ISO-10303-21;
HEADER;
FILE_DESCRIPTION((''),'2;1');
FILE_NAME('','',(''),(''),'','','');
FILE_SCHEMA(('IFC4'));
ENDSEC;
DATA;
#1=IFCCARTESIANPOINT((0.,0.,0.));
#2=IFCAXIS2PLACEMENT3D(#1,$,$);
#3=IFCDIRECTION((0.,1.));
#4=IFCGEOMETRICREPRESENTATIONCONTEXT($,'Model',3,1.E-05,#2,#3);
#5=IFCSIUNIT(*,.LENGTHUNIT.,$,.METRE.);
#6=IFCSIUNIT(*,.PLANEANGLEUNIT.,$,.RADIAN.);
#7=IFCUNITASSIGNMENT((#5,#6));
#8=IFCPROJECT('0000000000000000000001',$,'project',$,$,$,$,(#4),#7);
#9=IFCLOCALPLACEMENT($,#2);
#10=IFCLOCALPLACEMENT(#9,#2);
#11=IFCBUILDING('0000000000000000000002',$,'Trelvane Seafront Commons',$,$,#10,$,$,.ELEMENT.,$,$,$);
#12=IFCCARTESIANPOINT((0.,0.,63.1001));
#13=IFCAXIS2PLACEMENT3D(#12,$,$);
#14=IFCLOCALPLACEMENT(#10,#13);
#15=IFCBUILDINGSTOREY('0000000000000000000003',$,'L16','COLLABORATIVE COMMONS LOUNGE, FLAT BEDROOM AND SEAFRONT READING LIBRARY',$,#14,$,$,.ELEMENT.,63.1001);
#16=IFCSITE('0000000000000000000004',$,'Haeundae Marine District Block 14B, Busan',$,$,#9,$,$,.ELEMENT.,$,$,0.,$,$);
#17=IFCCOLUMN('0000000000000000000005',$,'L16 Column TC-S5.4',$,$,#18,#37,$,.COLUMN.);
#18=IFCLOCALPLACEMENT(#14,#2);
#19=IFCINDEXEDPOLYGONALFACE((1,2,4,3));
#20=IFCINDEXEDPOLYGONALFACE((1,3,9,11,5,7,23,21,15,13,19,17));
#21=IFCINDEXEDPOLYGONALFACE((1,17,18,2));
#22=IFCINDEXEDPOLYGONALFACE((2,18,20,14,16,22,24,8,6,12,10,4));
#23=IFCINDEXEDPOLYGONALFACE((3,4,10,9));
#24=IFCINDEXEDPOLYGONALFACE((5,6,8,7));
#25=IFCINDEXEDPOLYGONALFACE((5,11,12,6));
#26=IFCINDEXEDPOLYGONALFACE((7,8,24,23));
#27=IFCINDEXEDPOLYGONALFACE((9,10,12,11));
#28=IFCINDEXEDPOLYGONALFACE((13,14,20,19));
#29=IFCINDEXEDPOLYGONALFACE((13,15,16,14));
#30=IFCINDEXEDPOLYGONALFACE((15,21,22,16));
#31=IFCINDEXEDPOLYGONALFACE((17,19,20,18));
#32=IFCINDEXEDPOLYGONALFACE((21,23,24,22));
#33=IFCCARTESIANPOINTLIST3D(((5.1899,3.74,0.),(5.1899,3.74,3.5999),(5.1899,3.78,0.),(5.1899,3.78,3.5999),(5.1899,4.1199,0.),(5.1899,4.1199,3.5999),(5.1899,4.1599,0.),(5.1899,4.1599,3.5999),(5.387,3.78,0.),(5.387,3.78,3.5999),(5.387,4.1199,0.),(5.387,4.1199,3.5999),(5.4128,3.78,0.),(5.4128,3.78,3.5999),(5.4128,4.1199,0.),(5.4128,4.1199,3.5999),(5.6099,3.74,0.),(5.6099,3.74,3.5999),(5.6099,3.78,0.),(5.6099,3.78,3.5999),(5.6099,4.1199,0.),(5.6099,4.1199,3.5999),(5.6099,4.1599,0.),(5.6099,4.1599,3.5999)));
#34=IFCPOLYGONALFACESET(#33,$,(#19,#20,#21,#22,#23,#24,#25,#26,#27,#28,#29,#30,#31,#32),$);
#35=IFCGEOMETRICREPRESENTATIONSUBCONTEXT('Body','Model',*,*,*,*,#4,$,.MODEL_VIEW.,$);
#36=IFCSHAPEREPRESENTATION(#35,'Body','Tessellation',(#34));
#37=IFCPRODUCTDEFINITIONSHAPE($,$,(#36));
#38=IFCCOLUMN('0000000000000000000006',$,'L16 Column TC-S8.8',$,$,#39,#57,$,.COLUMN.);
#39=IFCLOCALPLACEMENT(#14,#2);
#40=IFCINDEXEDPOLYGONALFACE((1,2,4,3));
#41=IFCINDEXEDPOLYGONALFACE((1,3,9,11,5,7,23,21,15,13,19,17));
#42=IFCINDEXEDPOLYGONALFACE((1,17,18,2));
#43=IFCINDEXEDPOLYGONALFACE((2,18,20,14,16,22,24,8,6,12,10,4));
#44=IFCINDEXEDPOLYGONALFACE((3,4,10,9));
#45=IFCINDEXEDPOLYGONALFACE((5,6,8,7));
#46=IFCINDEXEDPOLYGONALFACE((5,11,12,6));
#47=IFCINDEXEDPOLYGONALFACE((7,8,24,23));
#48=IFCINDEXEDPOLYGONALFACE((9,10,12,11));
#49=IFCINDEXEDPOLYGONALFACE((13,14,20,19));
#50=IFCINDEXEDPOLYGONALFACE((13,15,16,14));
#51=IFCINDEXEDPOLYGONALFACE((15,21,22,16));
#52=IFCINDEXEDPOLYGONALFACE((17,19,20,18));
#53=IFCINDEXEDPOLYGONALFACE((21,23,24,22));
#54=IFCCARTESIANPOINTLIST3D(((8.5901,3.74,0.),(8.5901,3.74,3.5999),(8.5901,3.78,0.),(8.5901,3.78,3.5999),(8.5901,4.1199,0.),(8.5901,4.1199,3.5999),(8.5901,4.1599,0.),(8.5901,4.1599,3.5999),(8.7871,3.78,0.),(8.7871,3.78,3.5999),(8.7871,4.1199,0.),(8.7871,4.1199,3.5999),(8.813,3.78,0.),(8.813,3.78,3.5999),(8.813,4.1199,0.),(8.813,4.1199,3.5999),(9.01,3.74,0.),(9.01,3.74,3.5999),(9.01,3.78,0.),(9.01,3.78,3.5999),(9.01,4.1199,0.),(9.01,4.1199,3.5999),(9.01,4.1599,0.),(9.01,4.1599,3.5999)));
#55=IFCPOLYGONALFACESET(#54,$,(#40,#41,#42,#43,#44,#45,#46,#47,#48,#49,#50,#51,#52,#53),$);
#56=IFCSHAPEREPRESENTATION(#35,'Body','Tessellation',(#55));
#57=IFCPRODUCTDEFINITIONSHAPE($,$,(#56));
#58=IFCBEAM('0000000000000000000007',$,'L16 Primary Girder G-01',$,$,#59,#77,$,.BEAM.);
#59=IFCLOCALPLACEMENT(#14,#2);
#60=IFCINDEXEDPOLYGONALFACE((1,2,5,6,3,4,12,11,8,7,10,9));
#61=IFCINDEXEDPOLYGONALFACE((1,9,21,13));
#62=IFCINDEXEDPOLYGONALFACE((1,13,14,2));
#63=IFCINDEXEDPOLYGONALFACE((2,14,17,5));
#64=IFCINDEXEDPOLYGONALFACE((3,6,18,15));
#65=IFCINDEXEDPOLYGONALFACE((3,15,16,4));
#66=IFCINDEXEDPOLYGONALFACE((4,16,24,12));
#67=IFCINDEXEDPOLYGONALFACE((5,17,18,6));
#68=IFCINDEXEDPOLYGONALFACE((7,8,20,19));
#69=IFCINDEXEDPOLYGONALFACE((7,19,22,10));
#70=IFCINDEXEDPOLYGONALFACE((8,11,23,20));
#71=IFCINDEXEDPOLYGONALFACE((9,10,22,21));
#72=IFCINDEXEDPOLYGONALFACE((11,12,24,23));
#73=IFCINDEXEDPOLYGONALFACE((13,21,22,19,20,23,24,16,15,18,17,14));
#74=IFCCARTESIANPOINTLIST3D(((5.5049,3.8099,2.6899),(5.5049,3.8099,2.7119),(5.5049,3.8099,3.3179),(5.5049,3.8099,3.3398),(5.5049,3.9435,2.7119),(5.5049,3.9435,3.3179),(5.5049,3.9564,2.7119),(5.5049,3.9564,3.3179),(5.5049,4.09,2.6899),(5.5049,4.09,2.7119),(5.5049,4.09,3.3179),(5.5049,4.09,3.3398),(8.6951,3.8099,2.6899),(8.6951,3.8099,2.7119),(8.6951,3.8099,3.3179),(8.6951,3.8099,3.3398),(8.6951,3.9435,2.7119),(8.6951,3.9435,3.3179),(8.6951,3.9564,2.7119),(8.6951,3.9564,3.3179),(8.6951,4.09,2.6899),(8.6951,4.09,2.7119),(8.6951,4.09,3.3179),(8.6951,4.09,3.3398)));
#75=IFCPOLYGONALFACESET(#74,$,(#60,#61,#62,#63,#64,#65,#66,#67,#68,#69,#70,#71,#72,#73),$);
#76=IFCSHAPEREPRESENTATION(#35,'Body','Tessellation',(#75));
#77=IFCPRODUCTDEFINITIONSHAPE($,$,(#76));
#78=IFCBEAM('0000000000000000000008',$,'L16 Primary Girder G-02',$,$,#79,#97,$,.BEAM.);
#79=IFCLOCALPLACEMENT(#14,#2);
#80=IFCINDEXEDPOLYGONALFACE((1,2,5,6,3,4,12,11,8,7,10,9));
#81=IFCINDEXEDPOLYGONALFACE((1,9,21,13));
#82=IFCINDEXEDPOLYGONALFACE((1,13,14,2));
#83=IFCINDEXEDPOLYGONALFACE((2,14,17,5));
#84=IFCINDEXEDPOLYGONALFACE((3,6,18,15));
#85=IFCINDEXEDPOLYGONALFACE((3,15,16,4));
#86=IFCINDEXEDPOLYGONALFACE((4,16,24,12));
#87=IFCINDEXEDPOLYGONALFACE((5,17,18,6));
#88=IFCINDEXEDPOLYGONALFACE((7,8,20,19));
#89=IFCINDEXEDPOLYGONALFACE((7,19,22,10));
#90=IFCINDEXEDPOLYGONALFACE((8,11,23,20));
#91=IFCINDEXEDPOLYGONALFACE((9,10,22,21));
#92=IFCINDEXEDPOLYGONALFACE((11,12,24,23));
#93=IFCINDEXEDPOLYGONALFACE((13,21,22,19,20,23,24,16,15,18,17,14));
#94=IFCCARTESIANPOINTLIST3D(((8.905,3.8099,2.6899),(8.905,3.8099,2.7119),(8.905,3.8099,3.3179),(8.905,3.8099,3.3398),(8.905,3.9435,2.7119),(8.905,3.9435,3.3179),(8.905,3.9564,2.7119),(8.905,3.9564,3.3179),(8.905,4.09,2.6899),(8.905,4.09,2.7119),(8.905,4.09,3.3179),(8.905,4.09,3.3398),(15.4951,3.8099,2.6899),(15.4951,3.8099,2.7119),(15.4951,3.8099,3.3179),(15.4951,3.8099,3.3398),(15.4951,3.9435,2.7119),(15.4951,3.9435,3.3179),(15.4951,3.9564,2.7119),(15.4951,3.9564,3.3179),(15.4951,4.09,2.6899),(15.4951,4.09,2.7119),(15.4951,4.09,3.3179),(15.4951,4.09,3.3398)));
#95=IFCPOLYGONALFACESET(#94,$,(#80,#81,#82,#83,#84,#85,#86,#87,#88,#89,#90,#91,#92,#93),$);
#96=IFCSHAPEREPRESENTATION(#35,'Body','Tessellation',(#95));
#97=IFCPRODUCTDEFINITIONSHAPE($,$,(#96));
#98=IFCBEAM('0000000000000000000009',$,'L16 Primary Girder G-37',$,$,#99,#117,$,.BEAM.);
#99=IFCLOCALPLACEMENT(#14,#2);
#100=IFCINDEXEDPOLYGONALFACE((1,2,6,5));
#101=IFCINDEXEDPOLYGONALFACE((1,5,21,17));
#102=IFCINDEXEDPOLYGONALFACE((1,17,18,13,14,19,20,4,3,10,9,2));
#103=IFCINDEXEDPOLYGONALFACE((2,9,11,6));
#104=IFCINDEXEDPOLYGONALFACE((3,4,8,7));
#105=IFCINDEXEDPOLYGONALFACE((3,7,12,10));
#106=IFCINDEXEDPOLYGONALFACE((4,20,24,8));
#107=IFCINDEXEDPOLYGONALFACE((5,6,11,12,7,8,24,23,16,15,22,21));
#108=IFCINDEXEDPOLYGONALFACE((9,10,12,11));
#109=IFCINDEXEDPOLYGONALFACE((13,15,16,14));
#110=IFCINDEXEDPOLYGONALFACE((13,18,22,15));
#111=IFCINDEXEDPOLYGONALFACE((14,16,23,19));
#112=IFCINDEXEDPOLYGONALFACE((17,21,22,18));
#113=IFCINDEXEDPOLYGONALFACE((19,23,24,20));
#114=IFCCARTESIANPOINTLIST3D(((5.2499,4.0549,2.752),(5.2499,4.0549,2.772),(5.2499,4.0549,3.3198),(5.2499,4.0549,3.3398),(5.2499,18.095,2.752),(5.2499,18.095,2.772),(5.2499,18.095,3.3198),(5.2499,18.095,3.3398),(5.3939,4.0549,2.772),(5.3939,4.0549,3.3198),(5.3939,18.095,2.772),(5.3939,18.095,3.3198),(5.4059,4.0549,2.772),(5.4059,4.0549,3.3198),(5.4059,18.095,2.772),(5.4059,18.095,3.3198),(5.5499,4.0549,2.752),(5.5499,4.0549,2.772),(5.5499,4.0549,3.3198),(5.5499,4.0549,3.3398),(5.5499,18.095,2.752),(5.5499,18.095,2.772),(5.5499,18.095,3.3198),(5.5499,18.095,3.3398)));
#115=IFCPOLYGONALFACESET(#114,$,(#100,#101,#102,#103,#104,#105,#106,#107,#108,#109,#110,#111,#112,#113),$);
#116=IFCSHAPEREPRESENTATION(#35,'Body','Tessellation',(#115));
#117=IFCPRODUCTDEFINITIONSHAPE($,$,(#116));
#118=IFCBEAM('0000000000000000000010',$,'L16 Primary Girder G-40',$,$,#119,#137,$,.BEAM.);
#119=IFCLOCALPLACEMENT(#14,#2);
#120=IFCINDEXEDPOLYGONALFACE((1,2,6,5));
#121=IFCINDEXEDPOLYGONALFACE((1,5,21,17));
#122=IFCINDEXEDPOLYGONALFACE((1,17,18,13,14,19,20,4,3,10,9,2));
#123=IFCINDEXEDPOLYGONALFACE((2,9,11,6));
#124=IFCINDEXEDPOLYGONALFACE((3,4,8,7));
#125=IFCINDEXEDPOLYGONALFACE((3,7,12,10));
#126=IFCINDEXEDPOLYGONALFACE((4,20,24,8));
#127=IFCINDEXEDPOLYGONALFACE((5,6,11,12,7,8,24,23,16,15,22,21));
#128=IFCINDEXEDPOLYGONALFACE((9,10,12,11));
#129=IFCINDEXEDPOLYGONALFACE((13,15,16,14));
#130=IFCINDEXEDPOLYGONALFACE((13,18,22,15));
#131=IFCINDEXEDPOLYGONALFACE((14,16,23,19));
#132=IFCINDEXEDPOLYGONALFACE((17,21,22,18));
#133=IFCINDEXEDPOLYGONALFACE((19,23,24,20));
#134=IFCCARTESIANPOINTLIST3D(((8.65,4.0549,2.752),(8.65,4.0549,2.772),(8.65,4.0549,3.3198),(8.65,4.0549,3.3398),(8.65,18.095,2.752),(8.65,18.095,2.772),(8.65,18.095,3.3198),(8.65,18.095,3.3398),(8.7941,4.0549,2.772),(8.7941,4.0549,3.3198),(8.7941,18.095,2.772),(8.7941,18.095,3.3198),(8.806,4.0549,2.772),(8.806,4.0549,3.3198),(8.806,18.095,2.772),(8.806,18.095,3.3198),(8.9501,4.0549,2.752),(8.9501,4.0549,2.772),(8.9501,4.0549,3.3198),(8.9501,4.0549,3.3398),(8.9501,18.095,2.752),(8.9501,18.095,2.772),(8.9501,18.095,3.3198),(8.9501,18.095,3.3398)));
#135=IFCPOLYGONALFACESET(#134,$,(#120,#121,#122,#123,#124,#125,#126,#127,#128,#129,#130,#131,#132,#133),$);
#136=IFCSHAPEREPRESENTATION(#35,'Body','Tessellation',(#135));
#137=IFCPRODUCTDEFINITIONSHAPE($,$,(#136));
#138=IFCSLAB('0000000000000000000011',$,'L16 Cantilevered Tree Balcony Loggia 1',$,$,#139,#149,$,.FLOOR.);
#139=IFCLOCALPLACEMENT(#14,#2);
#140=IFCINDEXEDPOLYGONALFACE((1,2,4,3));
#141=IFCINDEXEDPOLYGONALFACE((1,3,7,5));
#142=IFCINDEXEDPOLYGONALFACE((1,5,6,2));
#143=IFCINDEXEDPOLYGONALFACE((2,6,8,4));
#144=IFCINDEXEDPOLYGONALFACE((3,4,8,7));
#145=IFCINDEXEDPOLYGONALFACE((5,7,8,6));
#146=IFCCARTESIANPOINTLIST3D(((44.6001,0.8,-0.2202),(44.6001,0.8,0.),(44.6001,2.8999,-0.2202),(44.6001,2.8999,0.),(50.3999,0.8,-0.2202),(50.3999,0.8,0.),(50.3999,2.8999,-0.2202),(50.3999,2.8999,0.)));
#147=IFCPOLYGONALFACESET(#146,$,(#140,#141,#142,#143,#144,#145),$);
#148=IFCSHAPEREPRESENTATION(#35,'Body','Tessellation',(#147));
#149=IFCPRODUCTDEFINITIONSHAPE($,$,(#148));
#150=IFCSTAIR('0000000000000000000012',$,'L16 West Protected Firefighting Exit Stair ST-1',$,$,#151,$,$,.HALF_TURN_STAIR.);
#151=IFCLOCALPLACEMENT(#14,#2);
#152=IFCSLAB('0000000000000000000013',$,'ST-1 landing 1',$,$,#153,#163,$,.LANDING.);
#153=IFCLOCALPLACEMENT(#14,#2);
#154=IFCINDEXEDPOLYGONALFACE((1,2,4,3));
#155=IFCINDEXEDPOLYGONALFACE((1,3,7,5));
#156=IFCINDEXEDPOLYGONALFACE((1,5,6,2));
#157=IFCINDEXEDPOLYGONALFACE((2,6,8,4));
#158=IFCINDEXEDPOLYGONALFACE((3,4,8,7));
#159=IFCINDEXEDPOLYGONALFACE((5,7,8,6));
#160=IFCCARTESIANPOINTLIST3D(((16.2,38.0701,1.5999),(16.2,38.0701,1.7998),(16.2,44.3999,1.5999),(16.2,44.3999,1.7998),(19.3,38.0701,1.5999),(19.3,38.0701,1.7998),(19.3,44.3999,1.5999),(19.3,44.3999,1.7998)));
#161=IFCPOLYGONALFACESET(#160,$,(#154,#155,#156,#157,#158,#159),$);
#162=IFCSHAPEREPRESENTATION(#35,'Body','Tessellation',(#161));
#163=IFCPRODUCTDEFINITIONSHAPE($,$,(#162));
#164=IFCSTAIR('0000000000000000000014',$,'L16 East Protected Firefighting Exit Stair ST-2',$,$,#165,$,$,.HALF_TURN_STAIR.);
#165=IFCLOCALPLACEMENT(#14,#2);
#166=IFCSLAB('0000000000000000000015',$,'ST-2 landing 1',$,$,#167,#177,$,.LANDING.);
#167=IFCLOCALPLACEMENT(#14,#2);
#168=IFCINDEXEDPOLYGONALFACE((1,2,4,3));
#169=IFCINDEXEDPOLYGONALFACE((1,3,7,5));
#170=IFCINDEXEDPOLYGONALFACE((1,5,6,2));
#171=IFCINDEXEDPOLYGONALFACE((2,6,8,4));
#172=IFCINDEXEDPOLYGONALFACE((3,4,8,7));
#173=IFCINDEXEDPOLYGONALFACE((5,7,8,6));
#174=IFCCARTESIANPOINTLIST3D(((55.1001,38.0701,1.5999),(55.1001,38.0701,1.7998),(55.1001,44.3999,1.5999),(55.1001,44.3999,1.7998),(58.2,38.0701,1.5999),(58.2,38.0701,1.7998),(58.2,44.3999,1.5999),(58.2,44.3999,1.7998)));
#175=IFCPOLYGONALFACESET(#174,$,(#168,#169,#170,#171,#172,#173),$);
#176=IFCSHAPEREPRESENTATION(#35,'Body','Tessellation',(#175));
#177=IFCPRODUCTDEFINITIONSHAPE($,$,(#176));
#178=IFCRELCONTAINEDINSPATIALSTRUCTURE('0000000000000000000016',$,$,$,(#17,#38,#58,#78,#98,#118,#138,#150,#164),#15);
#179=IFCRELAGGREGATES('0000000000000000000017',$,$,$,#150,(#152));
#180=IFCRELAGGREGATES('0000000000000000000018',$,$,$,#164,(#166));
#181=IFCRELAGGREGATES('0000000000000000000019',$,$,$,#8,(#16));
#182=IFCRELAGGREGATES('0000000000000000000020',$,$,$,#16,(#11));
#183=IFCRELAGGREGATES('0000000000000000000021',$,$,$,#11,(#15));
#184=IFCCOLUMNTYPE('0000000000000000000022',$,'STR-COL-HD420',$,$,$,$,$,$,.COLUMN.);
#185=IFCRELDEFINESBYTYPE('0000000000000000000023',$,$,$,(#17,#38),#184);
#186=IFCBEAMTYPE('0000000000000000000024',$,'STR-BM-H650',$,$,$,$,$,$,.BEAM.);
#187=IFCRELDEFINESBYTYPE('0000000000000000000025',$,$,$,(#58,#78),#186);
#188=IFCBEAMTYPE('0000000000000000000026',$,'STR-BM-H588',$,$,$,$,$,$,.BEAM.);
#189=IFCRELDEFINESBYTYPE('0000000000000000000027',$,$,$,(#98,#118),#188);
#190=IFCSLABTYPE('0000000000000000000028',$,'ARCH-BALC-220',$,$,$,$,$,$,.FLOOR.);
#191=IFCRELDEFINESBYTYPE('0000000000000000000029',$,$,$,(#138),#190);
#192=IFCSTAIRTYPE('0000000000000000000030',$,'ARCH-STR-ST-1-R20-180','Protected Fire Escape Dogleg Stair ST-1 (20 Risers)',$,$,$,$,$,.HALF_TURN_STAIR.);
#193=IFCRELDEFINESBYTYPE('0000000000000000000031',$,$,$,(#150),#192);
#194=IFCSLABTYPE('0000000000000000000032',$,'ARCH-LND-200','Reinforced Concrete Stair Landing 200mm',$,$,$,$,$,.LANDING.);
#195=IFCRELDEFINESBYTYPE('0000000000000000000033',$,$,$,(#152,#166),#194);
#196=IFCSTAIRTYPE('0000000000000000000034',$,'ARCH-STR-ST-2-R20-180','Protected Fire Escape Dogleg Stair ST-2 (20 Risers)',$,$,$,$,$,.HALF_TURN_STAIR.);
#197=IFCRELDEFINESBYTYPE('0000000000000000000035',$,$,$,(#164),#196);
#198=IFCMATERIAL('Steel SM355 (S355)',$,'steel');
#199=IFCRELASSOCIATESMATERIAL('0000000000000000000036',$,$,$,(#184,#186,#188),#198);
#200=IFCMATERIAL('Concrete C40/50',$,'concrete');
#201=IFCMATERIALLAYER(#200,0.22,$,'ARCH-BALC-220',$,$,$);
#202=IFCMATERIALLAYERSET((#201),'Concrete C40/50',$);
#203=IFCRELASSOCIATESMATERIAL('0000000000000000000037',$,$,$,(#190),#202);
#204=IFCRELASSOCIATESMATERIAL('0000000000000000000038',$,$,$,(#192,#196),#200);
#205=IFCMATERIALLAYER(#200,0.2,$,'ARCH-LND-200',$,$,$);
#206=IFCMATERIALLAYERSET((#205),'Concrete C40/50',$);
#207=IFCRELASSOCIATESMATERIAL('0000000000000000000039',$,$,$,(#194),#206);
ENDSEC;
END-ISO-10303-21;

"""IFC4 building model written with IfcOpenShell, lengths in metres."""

from ifc_helpers import new_model, si_unit, direction, frame, origin, origin_2d, place, context, subcontext, project, spatial, polyline, i_section, outline, extrude, source, transform, mapped, material, layer, layer_set, material_profile, profile_set, type_object, element, aggregate, save


model = new_model("IFC4")

# Units and contexts
model_context = context("Model", 3, precision=1e-05, world=origin(), true_north=direction((0.0, 1.0)))
body_context = subcontext(model_context, "Body", "Model", "MODEL_VIEW")
ifc_project = project(units=[si_unit("LENGTHUNIT", "METRE"), si_unit("PLANEANGLEUNIT", "RADIAN")], contexts=[model_context])

# Site, building, storey
site_placement = place(None, origin())
site = spatial("IfcSite", under=ifc_project, at=site_placement, Name="Haeundae Marine District Block 14B, Busan", CompositionType="ELEMENT", RefElevation=0.0)
building_placement = place(site_placement, origin())
building = spatial("IfcBuilding", under=site, at=building_placement, Name="Trelvane Seafront Commons", CompositionType="ELEMENT")
storey_placement = place(building_placement, frame((0.0, 0.0, 63.1001)))
storey = spatial("IfcBuildingStorey", under=building, at=storey_placement, Name="L16", Description="COLLABORATIVE COMMONS LOUNGE, FLAT BEDROOM AND SEAFRONT READING LIBRARY", CompositionType="ELEMENT", Elevation=63.1001)

# Columns
ifc_material_1 = material(Name="Steel SM355 (S355)", Category="steel")
ifc_material_profile_1 = material_profile(ifc_material_1, i_section(OverallWidth=0.4199, OverallDepth=0.4199, WebThickness=0.0259, FlangeThickness=0.04, at=origin_2d()), Name="HD-420x420x26x40")
ifc_profile_set_1 = profile_set([ifc_material_profile_1], Name="Steel SM355 (S355)")
column_type = type_object("IfcColumnType", Name="STR-COL-HD420", PredefinedType="COLUMN", material=ifc_profile_set_1)
shared_shape_1 = source(origin(), body_context, "Body", "SweptSolid", [
    extrude(i_section(OverallWidth=0.4199, OverallDepth=0.4199, WebThickness=0.0259, FlangeThickness=0.04, at=origin_2d()), origin(), (0.0, 0.0, 1.0), 3.5999),
])
for number, where, z_axis, x_axis, name in (
    (1, (5.3999, 3.95, 0.0), (0.0, 0.0, 1.0), (1.0, 0.0, 0.0), "L16 Column TC-S5.4"),
    (2, (8.8, 3.95, 0.0), (0.0, 0.0, 1.0), (1.0, 0.0, 0.0), "L16 Column TC-S8.8"),
):
    element("IfcColumn", number, at=place(storey_placement, frame(where, z_axis=z_axis, x_axis=x_axis)), inside=storey, type_object=column_type, Name=name, PredefinedType="COLUMN", context=body_context, shape_type="MappedRepresentation", body=[
        mapped(shared_shape_1, transform((0.0, 0.0, 0.0), x_axis=(1.0, 0.0, 0.0), y_axis=(0.0, 1.0, 0.0), z_axis=(0.0, 0.0, 1.0), scale=1.0)),
    ])

# Beams
ifc_material_profile_2 = material_profile(ifc_material_1, i_section(OverallWidth=0.28, OverallDepth=0.6499, WebThickness=0.0129, FlangeThickness=0.022, at=origin_2d()), Name="H-650x280x13x22")
ifc_profile_set_2 = profile_set([ifc_material_profile_2], Name="Steel SM355 (S355)")
beam_type_1 = type_object("IfcBeamType", Name="STR-BM-H650", PredefinedType="BEAM", material=ifc_profile_set_2)
shared_shape_2 = source(origin(), body_context, "Body", "SweptSolid", [
    extrude(i_section(OverallWidth=0.28, OverallDepth=0.6499, WebThickness=0.0129, FlangeThickness=0.022, at=origin_2d()), origin(), (0.0, 0.0, 1.0), 3.1902),
])
beam_1_placement = place(storey_placement, frame((5.5049, 3.95, 3.0149), z_axis=(1.0, 0.0, 0.0), x_axis=(0.0, 1.0, 0.0)))
element("IfcBeam", 3, at=beam_1_placement, inside=storey, type_object=beam_type_1, Name="L16 Primary Girder G-01", PredefinedType="BEAM", context=body_context, shape_type="MappedRepresentation", body=[
    mapped(shared_shape_2, transform((0.0, 0.0, 0.0), x_axis=(1.0, 0.0, 0.0), y_axis=(0.0, 1.0, 0.0), z_axis=(0.0, 0.0, 1.0), scale=1.0)),
])
shared_shape_3 = source(origin(), body_context, "Body", "SweptSolid", [
    extrude(i_section(OverallWidth=0.28, OverallDepth=0.6499, WebThickness=0.0129, FlangeThickness=0.022, at=origin_2d()), origin(), (0.0, 0.0, 1.0), 6.5901),
])
beam_2_placement = place(storey_placement, frame((8.905, 3.95, 3.0149), z_axis=(1.0, 0.0, 0.0), x_axis=(0.0, 1.0, 0.0)))
element("IfcBeam", 4, at=beam_2_placement, inside=storey, type_object=beam_type_1, Name="L16 Primary Girder G-02", PredefinedType="BEAM", context=body_context, shape_type="MappedRepresentation", body=[
    mapped(shared_shape_3, transform((0.0, 0.0, 0.0), x_axis=(1.0, 0.0, 0.0), y_axis=(0.0, 1.0, 0.0), z_axis=(0.0, 0.0, 1.0), scale=1.0)),
])
ifc_material_profile_3 = material_profile(ifc_material_1, i_section(OverallWidth=0.3, OverallDepth=0.5879, WebThickness=0.012, FlangeThickness=0.02, at=origin_2d()), Name="H-588x300x12x20")
ifc_profile_set_3 = profile_set([ifc_material_profile_3], Name="Steel SM355 (S355)")
beam_type_2 = type_object("IfcBeamType", Name="STR-BM-H588", PredefinedType="BEAM", material=ifc_profile_set_3)
shared_shape_4 = source(origin(), body_context, "Body", "SweptSolid", [
    extrude(i_section(OverallWidth=0.3, OverallDepth=0.5879, WebThickness=0.012, FlangeThickness=0.02, at=origin_2d()), origin(), (0.0, 0.0, 1.0), 14.04),
])
for number, where, z_axis, x_axis, name in (
    (5, (5.3999, 4.0549, 3.0459), (0.0, 1.0, 0.0), (-1.0, 0.0, 0.0), "L16 Primary Girder G-37"),
    (6, (8.8, 4.0549, 3.0459), (0.0, 1.0, 0.0), (-1.0, 0.0, 0.0), "L16 Primary Girder G-40"),
):
    element("IfcBeam", number, at=place(storey_placement, frame(where, z_axis=z_axis, x_axis=x_axis)), inside=storey, type_object=beam_type_2, Name=name, PredefinedType="BEAM", context=body_context, shape_type="MappedRepresentation", body=[
        mapped(shared_shape_4, transform((0.0, 0.0, 0.0), x_axis=(1.0, 0.0, 0.0), y_axis=(0.0, 1.0, 0.0), z_axis=(0.0, 0.0, 1.0), scale=1.0)),
    ])

# Slab
ifc_material_2 = material(Name="Concrete C40/50", Category="concrete")
ifc_layer_1 = layer(ifc_material_2, 0.22, Name="ARCH-BALC-220")
ifc_layer_set_1 = layer_set([ifc_layer_1], Name="Concrete C40/50")
slab_type_1 = type_object("IfcSlabType", Name="ARCH-BALC-220", PredefinedType="FLOOR", material=ifc_layer_set_1)
slab_1_placement = place(storey_placement, frame((0.0, 0.0, -0.2202)))
element("IfcSlab", 7, at=slab_1_placement, inside=storey, type_object=slab_type_1, Name="L16 Cantilevered Tree Balcony Loggia 1", PredefinedType="FLOOR", context=body_context, shape_type="SweptSolid", body=[
    extrude(outline(polyline([(44.6001, 0.8), (50.3999, 0.8), (50.3999, 2.8999), (44.6001, 2.8999), (44.6001, 0.8)])), origin(), (0.0, 0.0, 1.0), 0.2202),
])

# Stairs, slabs
stair_type_1 = type_object("IfcStairType", Name="ARCH-STR-ST-1-R20-180", Description="Protected Fire Escape Dogleg Stair ST-1 (20 Risers)", PredefinedType="HALF_TURN_STAIR", material=ifc_material_2)
stair_1_placement = place(storey_placement, origin())
stair_1 = element("IfcStair", 8, at=stair_1_placement, inside=storey, type_object=stair_type_1, Name="L16 West Protected Firefighting Exit Stair ST-1", PredefinedType="HALF_TURN_STAIR")
ifc_layer_2 = layer(ifc_material_2, 0.2, Name="ARCH-LND-200")
ifc_layer_set_2 = layer_set([ifc_layer_2], Name="Concrete C40/50")
slab_type_2 = type_object("IfcSlabType", Name="ARCH-LND-200", Description="Reinforced Concrete Stair Landing 200mm", PredefinedType="LANDING", material=ifc_layer_set_2)
slab_2_placement = place(storey_placement, frame((0.0, 0.0, 1.5999)))
slab_2 = element("IfcSlab", 9, at=slab_2_placement, type_object=slab_type_2, Name="ST-1 landing 1", PredefinedType="LANDING", context=body_context, shape_type="SweptSolid", body=[
    extrude(outline(polyline([(19.3, 38.0701), (19.3, 44.3999), (16.2, 44.3999), (16.2, 38.0701), (19.3, 38.0701)])), origin(), (0.0, 0.0, 1.0), 0.2),
])
aggregate(stair_1, [slab_2])
stair_type_2 = type_object("IfcStairType", Name="ARCH-STR-ST-2-R20-180", Description="Protected Fire Escape Dogleg Stair ST-2 (20 Risers)", PredefinedType="HALF_TURN_STAIR", material=ifc_material_2)
stair_2_placement = place(storey_placement, origin())
stair_2 = element("IfcStair", 10, at=stair_2_placement, inside=storey, type_object=stair_type_2, Name="L16 East Protected Firefighting Exit Stair ST-2", PredefinedType="HALF_TURN_STAIR")
slab_3_placement = place(storey_placement, frame((0.0, 0.0, 1.5999)))
slab_3 = element("IfcSlab", 11, at=slab_3_placement, type_object=slab_type_2, Name="ST-2 landing 1", PredefinedType="LANDING", context=body_context, shape_type="SweptSolid", body=[
    extrude(outline(polyline([(58.2, 38.0701), (58.2, 44.3999), (55.1001, 44.3999), (55.1001, 38.0701), (58.2, 38.0701)])), origin(), (0.0, 0.0, 1.0), 0.2),
])
aggregate(stair_2, [slab_3])

save(model, "model.ifc")
